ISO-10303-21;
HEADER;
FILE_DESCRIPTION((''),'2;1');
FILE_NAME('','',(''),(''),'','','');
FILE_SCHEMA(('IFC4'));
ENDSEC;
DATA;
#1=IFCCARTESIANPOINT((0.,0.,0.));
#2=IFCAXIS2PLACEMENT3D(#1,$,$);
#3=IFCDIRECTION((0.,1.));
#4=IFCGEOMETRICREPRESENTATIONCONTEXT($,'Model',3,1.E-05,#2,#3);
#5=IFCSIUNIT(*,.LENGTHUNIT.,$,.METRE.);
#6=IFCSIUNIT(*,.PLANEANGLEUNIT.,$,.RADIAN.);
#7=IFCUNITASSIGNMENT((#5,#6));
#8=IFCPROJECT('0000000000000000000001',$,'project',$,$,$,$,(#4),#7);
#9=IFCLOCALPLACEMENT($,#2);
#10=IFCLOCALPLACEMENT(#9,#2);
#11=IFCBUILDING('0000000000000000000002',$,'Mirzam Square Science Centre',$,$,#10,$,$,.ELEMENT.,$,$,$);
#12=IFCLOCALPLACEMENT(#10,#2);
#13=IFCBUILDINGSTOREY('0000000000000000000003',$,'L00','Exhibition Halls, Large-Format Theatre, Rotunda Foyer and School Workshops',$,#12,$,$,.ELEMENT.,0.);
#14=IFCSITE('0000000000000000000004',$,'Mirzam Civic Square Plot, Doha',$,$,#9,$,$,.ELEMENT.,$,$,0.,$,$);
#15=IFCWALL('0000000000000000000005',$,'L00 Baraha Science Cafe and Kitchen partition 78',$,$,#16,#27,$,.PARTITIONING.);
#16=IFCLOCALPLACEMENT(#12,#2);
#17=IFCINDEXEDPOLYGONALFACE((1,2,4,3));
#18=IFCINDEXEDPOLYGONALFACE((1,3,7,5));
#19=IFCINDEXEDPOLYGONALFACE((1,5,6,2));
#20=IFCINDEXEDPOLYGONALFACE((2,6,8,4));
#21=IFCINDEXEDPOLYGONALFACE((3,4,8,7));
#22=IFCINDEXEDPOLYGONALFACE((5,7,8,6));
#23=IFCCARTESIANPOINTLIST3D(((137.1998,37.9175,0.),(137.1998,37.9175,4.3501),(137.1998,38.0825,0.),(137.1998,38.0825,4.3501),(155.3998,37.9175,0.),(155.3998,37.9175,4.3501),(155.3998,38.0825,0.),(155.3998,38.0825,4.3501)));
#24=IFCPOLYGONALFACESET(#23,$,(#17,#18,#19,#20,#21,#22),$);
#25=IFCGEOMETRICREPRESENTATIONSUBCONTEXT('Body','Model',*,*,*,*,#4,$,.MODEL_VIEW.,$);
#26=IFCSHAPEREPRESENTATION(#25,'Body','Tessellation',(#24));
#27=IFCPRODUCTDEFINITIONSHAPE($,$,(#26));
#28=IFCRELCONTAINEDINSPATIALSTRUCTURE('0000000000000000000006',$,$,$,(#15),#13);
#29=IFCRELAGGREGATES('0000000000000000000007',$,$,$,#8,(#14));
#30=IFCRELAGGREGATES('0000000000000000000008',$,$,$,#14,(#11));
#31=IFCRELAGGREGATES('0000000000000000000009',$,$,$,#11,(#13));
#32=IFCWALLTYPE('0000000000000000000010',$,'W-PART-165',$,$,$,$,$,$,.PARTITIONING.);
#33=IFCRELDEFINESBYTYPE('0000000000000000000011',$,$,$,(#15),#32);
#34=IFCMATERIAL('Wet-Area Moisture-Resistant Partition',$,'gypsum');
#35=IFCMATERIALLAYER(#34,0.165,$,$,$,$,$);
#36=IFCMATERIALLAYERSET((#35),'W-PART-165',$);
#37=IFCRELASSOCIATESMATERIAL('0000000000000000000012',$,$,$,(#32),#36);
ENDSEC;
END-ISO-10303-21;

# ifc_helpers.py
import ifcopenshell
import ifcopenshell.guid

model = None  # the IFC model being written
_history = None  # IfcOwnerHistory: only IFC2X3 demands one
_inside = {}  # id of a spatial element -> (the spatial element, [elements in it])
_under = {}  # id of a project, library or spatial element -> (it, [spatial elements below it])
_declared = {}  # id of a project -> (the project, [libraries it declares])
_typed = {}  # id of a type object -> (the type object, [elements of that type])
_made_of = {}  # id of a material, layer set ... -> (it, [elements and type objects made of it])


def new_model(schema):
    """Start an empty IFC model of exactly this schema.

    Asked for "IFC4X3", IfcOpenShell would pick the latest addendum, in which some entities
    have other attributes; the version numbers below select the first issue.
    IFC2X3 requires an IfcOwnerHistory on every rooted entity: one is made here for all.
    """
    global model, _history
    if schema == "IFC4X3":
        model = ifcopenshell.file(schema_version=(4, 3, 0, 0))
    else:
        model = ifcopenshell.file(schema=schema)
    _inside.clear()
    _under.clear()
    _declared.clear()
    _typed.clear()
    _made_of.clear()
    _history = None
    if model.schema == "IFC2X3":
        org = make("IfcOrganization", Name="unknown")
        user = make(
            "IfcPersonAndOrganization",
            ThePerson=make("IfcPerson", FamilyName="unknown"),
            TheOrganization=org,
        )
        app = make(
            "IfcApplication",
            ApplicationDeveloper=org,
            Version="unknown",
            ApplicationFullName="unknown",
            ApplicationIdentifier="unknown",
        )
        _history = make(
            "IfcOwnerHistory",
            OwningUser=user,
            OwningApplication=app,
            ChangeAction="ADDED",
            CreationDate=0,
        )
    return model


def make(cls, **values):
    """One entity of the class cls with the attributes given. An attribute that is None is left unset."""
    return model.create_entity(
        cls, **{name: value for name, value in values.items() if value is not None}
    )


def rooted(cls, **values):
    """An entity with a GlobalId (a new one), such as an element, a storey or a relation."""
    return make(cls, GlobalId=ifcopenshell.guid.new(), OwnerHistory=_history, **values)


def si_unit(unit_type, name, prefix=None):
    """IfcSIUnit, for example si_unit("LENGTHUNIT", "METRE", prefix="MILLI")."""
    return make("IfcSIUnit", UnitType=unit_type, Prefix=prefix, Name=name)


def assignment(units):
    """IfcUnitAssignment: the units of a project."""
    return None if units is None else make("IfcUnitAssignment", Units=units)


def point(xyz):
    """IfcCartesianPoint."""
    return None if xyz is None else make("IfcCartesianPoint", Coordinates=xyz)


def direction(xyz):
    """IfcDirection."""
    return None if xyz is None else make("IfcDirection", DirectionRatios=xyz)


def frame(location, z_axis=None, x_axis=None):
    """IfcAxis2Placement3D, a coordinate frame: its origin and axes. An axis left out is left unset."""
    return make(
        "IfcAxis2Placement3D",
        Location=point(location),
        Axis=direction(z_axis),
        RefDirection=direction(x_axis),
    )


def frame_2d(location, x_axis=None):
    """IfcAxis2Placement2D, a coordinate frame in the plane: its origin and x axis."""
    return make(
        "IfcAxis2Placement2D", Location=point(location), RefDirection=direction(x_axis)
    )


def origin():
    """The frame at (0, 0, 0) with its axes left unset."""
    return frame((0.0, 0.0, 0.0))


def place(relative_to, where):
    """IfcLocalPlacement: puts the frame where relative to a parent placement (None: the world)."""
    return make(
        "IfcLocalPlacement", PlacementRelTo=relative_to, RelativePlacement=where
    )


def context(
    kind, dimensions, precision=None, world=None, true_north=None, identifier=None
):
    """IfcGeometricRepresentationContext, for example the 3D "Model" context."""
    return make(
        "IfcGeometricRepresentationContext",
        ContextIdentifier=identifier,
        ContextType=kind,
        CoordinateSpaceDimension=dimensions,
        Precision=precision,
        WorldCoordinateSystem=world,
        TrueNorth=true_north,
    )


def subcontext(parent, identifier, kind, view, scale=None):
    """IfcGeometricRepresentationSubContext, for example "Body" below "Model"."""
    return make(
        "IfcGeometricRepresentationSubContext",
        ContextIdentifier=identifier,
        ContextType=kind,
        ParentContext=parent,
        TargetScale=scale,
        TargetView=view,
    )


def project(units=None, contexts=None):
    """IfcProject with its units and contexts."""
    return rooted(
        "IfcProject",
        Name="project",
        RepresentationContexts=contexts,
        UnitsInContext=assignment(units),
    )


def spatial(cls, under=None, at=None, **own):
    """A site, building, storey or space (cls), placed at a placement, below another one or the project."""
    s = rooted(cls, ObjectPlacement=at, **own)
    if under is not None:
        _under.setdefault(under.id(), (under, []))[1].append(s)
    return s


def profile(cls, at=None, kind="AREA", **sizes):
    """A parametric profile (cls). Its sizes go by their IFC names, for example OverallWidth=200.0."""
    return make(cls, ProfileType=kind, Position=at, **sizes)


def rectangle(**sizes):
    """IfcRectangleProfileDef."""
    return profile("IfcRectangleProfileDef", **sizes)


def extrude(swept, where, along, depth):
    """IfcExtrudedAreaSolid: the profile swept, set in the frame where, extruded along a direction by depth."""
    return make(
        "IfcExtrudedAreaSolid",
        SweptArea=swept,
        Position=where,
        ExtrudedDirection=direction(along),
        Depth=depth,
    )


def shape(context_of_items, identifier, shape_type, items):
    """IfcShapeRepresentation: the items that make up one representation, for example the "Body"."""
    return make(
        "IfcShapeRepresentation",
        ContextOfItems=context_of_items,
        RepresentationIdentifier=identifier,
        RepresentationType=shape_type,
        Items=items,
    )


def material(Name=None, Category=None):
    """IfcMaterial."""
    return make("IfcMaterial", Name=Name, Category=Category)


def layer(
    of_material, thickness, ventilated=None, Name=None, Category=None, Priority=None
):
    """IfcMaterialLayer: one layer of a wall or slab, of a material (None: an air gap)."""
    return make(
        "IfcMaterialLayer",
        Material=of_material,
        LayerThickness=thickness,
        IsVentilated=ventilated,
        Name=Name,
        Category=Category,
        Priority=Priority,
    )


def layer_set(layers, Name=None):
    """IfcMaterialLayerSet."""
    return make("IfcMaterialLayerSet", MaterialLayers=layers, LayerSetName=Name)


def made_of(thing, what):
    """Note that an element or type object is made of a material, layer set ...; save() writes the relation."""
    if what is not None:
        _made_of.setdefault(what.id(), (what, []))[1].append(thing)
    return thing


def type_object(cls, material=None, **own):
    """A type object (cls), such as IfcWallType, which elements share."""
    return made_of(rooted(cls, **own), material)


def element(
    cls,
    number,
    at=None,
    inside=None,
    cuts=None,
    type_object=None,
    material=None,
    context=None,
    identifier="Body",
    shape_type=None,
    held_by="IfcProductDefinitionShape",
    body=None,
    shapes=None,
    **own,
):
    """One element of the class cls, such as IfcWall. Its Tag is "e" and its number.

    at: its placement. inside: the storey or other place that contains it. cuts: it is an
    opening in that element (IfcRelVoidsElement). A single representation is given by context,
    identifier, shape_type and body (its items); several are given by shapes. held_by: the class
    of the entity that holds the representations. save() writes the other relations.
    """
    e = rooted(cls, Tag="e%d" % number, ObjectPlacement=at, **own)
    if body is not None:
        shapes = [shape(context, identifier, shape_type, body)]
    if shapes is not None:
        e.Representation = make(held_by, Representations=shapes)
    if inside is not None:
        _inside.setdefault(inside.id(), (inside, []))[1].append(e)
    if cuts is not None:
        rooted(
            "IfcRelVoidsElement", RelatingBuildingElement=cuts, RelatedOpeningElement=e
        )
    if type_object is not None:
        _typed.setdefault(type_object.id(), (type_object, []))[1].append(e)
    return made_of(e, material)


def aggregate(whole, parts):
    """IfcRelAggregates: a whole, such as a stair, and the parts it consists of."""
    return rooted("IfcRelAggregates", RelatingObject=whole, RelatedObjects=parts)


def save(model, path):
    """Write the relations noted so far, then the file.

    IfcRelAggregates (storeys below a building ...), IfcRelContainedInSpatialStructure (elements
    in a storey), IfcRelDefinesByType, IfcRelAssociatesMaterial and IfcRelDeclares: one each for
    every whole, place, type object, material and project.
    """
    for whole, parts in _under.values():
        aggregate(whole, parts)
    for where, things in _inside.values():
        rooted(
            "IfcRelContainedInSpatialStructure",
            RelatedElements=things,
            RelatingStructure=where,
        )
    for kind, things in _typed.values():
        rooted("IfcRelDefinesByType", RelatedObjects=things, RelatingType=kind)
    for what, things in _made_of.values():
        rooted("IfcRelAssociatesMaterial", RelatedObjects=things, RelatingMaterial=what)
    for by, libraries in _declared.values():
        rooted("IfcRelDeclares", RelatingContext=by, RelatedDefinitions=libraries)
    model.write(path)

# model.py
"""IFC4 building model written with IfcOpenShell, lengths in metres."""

from ifc_helpers import new_model, si_unit, direction, frame, frame_2d, origin, place, context, subcontext, project, spatial, rectangle, extrude, material, layer, layer_set, type_object, element, save


model = new_model("IFC4")

# Units and contexts
model_context = context("Model", 3, precision=1e-05, world=origin(), true_north=direction((0.0, 1.0)))
body_context = subcontext(model_context, "Body", "Model", "MODEL_VIEW")
ifc_project = project(units=[si_unit("LENGTHUNIT", "METRE"), si_unit("PLANEANGLEUNIT", "RADIAN")], contexts=[model_context])

# Site, building, storey
site_placement = place(None, origin())
site = spatial("IfcSite", under=ifc_project, at=site_placement, Name="Mirzam Civic Square Plot, Doha", CompositionType="ELEMENT", RefElevation=0.0)
building_placement = place(site_placement, origin())
building = spatial("IfcBuilding", under=site, at=building_placement, Name="Mirzam Square Science Centre", CompositionType="ELEMENT")
storey_placement = place(building_placement, origin())
storey = spatial("IfcBuildingStorey", under=building, at=storey_placement, Name="L00", Description="Exhibition Halls, Large-Format Theatre, Rotunda Foyer and School Workshops", CompositionType="ELEMENT", Elevation=0.0)

# Wall
ifc_material_1 = material(Name="Wet-Area Moisture-Resistant Partition", Category="gypsum")
ifc_layer_1 = layer(ifc_material_1, 0.165)
ifc_layer_set_1 = layer_set([ifc_layer_1], Name="W-PART-165")
wall_type = type_object("IfcWallType", Name="W-PART-165", PredefinedType="PARTITIONING", material=ifc_layer_set_1)
wall_placement = place(storey_placement, frame((155.3999, 38.0, 0.0), z_axis=(0.0, 0.0, 1.0), x_axis=(-1.0, 0.0, 0.0)))
element("IfcWall", 1, at=wall_placement, inside=storey, type_object=wall_type, Name="L00 Baraha Science Cafe and Kitchen partition 78", PredefinedType="PARTITIONING", context=body_context, shape_type="SweptSolid", body=[
    extrude(rectangle(XDim=18.2, YDim=0.165, at=frame_2d((9.1001, 0.0))), origin(), (0.0, 0.0, 1.0), 4.3501),
])

save(model, "model.ifc")
